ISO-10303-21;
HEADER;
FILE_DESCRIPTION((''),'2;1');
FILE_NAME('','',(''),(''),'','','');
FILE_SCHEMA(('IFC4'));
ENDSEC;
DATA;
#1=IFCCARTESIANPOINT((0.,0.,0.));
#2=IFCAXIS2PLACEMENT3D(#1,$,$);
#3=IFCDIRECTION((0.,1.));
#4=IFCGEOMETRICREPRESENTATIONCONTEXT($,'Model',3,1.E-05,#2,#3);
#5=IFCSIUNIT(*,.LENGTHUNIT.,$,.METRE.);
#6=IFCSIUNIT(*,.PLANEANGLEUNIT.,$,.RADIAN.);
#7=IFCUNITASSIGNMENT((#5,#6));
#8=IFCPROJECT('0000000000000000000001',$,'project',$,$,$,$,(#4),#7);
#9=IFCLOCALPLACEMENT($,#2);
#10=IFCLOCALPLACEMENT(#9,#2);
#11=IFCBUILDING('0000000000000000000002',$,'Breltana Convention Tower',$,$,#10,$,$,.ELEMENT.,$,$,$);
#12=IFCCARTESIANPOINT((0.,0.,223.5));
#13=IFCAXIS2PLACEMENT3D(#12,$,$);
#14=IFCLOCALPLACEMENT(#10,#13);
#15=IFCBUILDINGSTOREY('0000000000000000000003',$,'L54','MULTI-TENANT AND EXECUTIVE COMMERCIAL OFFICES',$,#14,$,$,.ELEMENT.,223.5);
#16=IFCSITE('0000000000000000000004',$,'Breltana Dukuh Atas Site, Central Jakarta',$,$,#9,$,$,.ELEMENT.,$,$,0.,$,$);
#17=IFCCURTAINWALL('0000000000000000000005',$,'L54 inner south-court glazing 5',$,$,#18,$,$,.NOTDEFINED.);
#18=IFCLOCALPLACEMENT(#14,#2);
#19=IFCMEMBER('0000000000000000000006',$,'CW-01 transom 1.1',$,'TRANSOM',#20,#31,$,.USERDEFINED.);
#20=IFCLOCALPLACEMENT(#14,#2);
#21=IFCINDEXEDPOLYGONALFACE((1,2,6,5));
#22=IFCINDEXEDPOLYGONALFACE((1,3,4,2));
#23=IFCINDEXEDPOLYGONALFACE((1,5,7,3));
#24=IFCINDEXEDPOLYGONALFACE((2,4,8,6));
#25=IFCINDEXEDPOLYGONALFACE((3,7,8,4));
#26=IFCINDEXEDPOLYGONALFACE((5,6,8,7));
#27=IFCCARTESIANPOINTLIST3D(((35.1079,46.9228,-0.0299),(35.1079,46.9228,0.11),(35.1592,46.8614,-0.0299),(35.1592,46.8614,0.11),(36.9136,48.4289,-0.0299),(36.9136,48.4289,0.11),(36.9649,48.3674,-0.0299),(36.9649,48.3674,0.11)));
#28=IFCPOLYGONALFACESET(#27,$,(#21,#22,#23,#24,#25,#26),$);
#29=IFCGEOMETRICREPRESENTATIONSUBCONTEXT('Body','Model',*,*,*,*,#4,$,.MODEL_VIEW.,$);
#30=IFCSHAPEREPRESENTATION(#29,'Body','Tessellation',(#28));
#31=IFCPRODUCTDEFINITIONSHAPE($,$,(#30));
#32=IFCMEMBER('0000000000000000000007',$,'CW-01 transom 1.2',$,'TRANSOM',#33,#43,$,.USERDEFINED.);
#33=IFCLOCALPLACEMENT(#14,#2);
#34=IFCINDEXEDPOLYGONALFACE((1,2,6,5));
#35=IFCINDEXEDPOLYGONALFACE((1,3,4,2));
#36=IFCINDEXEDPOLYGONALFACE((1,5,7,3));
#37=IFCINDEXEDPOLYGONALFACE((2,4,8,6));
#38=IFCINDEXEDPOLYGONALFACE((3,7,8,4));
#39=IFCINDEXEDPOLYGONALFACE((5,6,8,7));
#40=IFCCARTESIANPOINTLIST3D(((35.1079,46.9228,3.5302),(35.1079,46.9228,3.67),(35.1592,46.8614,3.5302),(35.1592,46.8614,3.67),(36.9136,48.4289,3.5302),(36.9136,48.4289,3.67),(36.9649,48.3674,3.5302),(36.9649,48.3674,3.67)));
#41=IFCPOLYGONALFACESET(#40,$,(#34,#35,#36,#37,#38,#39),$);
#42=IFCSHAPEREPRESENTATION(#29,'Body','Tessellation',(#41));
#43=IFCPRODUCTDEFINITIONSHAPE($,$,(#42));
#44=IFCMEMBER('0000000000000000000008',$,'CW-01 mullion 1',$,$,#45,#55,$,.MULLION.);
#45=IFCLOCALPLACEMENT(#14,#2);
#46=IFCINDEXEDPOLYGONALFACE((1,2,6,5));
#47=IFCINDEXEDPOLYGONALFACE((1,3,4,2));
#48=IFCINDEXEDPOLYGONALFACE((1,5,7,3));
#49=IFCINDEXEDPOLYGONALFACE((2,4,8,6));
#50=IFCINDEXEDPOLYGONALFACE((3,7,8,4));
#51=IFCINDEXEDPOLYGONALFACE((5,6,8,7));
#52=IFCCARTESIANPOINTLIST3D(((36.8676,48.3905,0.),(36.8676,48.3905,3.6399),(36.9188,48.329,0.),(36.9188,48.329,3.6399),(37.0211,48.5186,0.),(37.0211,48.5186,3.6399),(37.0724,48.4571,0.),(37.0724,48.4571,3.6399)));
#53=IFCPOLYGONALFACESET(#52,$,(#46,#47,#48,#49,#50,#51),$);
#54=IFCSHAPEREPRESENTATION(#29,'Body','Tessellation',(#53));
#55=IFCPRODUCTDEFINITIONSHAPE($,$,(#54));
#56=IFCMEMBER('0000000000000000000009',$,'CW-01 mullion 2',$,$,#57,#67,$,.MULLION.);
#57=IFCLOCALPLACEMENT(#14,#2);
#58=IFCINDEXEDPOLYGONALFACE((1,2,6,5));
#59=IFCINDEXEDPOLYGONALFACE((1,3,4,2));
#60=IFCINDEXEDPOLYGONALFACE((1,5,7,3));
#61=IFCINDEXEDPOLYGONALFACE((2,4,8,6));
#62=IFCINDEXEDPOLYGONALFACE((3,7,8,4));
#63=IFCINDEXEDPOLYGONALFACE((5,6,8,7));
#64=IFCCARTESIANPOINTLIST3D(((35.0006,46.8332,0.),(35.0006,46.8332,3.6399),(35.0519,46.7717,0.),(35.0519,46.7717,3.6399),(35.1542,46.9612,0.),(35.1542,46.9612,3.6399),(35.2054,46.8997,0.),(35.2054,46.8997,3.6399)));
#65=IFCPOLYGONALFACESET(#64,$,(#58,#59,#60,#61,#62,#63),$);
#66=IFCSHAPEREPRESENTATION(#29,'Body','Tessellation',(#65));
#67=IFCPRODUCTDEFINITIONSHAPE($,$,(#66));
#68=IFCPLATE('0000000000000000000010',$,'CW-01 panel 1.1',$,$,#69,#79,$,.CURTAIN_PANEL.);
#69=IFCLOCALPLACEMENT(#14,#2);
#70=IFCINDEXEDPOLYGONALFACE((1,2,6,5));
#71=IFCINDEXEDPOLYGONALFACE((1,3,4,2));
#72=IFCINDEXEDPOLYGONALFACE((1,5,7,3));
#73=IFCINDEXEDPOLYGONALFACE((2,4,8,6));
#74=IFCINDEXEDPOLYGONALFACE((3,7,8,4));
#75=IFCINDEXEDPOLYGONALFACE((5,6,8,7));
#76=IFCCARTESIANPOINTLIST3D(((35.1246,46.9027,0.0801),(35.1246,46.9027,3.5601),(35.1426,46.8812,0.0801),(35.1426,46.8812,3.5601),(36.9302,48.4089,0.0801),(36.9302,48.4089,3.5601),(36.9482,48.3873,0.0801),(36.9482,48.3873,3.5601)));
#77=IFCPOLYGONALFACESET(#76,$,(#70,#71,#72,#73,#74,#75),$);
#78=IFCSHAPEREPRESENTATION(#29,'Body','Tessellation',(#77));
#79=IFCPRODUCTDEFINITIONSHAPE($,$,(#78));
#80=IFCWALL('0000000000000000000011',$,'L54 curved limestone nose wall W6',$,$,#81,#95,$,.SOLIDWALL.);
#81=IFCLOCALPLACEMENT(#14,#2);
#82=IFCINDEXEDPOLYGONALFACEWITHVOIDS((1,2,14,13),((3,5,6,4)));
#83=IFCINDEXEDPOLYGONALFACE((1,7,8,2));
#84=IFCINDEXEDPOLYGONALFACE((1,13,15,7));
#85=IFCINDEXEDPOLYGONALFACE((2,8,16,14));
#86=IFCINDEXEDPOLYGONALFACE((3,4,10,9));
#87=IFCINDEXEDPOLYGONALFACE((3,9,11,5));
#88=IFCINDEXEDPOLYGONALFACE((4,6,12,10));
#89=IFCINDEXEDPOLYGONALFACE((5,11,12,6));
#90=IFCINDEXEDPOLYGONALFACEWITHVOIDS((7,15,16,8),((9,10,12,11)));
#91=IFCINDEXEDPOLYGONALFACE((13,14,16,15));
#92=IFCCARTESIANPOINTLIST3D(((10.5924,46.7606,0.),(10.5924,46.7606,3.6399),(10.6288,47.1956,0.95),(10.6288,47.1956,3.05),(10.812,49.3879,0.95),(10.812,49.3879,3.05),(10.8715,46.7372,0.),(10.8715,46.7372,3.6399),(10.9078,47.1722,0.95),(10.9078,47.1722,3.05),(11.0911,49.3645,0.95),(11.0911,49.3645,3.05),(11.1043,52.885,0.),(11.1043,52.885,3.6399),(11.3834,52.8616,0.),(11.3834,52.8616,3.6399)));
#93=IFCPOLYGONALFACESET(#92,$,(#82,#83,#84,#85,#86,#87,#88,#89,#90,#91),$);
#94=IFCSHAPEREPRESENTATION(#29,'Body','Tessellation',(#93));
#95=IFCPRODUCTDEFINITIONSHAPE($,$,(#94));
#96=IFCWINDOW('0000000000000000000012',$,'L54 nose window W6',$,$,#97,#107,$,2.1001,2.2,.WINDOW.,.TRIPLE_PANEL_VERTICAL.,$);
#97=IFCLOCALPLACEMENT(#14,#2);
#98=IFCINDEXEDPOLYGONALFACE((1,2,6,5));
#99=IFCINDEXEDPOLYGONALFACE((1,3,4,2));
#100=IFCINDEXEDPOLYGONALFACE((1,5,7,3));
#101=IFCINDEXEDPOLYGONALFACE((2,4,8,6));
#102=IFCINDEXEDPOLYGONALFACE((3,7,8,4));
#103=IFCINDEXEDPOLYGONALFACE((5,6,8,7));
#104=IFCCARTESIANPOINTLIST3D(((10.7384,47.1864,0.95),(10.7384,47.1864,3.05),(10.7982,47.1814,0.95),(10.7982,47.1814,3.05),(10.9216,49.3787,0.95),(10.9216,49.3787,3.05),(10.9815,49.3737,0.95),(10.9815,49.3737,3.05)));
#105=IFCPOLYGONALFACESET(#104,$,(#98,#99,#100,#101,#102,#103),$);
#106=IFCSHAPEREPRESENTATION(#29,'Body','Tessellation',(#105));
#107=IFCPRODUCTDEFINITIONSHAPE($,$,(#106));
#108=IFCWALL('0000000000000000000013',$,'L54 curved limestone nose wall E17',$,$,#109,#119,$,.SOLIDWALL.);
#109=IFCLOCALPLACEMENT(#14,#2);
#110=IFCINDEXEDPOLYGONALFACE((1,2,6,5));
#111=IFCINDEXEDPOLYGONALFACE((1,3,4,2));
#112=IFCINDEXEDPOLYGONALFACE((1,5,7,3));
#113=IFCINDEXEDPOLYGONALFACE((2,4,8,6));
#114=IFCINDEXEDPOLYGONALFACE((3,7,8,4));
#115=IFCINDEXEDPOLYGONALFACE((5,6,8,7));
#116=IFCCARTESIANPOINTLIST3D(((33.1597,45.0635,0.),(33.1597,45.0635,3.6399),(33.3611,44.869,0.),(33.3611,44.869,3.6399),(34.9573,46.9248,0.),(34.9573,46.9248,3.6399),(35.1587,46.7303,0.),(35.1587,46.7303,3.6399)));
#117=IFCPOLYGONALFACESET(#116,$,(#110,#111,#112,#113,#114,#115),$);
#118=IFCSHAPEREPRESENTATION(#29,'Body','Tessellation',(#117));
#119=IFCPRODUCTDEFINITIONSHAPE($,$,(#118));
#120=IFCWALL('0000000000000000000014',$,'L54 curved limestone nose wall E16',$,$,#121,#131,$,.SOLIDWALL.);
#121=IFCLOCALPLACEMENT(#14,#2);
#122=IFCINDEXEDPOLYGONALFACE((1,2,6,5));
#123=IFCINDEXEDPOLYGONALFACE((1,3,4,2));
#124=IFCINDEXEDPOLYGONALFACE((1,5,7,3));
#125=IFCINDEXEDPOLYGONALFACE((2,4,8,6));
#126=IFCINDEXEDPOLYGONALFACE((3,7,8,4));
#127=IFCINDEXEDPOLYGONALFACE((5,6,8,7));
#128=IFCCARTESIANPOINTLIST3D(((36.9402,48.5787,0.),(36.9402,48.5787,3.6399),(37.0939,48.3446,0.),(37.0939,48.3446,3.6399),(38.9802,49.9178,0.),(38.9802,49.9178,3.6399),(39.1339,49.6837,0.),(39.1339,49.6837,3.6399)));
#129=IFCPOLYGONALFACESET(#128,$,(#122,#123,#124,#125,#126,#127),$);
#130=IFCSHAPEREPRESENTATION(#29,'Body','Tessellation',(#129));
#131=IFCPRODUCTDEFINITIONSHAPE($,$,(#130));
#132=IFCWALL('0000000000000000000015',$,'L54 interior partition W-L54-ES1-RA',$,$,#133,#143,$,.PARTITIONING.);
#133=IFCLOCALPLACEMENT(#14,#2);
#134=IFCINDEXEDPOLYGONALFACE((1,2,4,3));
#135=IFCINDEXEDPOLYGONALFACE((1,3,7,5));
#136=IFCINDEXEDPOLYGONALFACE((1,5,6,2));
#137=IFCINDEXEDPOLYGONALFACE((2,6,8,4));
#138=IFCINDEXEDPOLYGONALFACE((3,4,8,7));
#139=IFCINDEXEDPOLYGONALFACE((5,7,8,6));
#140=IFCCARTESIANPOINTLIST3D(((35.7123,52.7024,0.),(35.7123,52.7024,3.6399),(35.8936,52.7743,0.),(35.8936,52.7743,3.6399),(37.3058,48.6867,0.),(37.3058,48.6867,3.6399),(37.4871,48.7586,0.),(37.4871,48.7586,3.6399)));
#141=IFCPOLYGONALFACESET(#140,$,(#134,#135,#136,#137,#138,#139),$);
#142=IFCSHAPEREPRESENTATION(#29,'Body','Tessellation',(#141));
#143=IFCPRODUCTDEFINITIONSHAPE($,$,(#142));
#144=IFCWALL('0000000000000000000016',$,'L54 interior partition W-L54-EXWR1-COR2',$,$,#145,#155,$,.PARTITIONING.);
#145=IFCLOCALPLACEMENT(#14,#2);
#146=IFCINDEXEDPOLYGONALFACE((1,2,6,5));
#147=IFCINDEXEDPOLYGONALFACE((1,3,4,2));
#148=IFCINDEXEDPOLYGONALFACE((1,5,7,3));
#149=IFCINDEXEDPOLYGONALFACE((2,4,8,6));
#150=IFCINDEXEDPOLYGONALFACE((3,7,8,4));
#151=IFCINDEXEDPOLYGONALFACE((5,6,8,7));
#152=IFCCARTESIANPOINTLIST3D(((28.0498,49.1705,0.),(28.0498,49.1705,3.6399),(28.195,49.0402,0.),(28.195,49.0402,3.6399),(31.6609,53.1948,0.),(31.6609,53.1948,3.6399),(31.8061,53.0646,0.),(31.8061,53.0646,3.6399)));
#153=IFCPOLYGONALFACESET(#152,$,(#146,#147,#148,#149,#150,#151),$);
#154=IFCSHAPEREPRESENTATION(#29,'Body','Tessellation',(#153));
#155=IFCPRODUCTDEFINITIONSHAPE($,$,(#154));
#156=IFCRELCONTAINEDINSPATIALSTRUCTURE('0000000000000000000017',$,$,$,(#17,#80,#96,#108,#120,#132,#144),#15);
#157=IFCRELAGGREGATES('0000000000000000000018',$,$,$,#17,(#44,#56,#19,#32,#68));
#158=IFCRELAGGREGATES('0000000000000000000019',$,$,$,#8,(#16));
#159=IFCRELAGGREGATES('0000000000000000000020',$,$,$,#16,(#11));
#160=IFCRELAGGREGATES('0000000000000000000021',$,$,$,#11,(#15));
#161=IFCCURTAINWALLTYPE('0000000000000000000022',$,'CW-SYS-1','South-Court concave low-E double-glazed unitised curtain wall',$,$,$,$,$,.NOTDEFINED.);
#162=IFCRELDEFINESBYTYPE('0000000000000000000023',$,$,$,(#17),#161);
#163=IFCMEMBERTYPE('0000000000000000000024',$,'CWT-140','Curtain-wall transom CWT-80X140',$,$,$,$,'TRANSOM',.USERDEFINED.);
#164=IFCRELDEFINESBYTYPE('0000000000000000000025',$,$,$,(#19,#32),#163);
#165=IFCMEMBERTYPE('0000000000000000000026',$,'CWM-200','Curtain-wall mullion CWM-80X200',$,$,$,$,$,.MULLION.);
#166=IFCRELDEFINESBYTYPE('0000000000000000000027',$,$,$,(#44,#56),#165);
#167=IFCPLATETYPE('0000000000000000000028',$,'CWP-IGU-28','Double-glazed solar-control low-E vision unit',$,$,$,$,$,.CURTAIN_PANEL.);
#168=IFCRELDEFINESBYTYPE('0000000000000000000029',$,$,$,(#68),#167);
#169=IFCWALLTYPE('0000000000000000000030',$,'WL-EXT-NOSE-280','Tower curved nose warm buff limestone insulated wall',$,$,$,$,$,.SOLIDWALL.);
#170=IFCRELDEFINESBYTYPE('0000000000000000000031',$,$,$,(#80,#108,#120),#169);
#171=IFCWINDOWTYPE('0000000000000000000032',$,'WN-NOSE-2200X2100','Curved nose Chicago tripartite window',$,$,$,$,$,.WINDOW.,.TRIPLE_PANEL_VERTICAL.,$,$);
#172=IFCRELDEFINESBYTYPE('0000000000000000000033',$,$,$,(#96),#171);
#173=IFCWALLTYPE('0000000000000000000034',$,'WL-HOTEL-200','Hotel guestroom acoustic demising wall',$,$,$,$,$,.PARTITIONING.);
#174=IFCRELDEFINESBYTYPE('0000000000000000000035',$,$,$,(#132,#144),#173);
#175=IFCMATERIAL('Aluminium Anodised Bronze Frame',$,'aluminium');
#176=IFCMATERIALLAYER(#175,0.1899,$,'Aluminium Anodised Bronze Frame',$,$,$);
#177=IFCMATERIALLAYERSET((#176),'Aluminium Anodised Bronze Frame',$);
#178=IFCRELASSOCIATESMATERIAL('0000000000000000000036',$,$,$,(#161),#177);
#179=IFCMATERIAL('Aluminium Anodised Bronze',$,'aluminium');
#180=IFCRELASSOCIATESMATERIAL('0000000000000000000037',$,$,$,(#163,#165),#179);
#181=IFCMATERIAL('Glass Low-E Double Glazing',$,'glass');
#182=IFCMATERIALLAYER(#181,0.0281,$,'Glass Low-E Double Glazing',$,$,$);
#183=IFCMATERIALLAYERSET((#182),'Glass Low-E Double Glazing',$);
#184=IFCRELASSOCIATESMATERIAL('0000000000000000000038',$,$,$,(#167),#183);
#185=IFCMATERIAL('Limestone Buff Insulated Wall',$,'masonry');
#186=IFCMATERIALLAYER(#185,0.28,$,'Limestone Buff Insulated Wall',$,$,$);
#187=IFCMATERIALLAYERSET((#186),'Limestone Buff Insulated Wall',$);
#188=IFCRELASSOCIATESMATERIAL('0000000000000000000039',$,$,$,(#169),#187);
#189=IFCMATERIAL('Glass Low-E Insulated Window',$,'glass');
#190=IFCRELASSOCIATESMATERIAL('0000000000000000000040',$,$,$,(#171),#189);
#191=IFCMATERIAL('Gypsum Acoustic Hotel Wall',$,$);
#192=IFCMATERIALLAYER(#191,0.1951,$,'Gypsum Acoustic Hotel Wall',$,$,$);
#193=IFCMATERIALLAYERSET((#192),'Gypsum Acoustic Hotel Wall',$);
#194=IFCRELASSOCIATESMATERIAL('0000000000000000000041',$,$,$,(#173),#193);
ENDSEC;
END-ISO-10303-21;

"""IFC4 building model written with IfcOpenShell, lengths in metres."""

from ifc_helpers import new_model, si_unit, direction, frame, frame_2d, origin, origin_2d, place, context, subcontext, project, spatial, rectangle, extrude, source, transform, mapped, material, layer, layer_set, material_profile, profile_set, type_object, type_shapes, element, fill, aggregate, save


model = new_model("IFC4")

# Units and contexts
model_context = context("Model", 3, precision=1e-05, world=origin(), true_north=direction((0.0, 1.0)))
body_context = subcontext(model_context, "Body", "Model", "MODEL_VIEW")
ifc_project = project(units=[si_unit("LENGTHUNIT", "METRE"), si_unit("PLANEANGLEUNIT", "RADIAN")], contexts=[model_context])

# Site, building, storey
site_placement = place(None, origin())
site = spatial("IfcSite", under=ifc_project, at=site_placement, Name="Breltana Dukuh Atas Site, Central Jakarta", CompositionType="ELEMENT", RefElevation=0.0)
building_placement = place(site_placement, origin())
building = spatial("IfcBuilding", under=site, at=building_placement, Name="Breltana Convention Tower", CompositionType="ELEMENT")
storey_placement = place(building_placement, frame((0.0, 0.0, 223.5)))
storey = spatial("IfcBuildingStorey", under=building, at=storey_placement, Name="L54", Description="MULTI-TENANT AND EXECUTIVE COMMERCIAL OFFICES", CompositionType="ELEMENT", Elevation=223.5)

# Curtain wall, members, plate
ifc_material_1 = material(Name="Aluminium Anodised Bronze Frame", Category="aluminium")
ifc_layer_1 = layer(ifc_material_1, 0.1899, Name="Aluminium Anodised Bronze Frame")
ifc_layer_set_1 = layer_set([ifc_layer_1], Name="Aluminium Anodised Bronze Frame")
curtain_wall_type = type_object("IfcCurtainWallType", Name="CW-SYS-1", Description="South-Court concave low-E double-glazed unitised curtain wall", PredefinedType="NOTDEFINED", material=ifc_layer_set_1)
curtain_wall_placement = place(storey_placement, origin())
curtain_wall = element("IfcCurtainWall", 1, at=curtain_wall_placement, inside=storey, type_object=curtain_wall_type, Name="L54 inner south-court glazing 5", PredefinedType="NOTDEFINED")
ifc_material_2 = material(Name="Aluminium Anodised Bronze", Category="aluminium")
ifc_material_profile_1 = material_profile(ifc_material_2, rectangle(XDim=0.0801, YDim=0.1399, at=origin_2d()), Name="CWT-80X140")
ifc_profile_set_1 = profile_set([ifc_material_profile_1], Name="Aluminium Anodised Bronze")
member_type_1 = type_object("IfcMemberType", Name="CWT-140", Description="Curtain-wall transom CWT-80X140", ElementType="TRANSOM", PredefinedType="USERDEFINED", material=ifc_profile_set_1)
shared_shape_1 = source(origin(), body_context, "Body", "SweptSolid", [
    extrude(rectangle(XDim=0.0801, YDim=0.1399, at=origin_2d()), origin(), (0.0, 0.0, 1.0), 2.3513),
])
member_1_placement = place(storey_placement, frame((36.9392, 48.3982, 0.04), z_axis=(-0.767932, -0.640532, 0.0), x_axis=(0.640532, -0.767932, 0.0)))
member_1 = element("IfcMember", 2, at=member_1_placement, type_object=member_type_1, Name="CW-01 transom 1.1", ObjectType="TRANSOM", PredefinedType="USERDEFINED", context=body_context, shape_type="MappedRepresentation", body=[
    mapped(shared_shape_1, transform((0.0, 0.0, 0.0), scale=1.0)),
])
member_2_placement = place(storey_placement, frame((36.9392, 48.3982, 3.6001), z_axis=(-0.767932, -0.640532, 0.0), x_axis=(0.640532, -0.767932, 0.0)))
member_2 = element("IfcMember", 3, at=member_2_placement, type_object=member_type_1, Name="CW-01 transom 1.2", ObjectType="TRANSOM", PredefinedType="USERDEFINED", context=body_context, shape_type="MappedRepresentation", body=[
    mapped(shared_shape_1, transform((0.0, 0.0, 0.0), scale=1.0)),
])
ifc_material_profile_2 = material_profile(ifc_material_2, rectangle(XDim=0.0801, YDim=0.2, at=origin_2d()), Name="CWM-80X200")
ifc_profile_set_2 = profile_set([ifc_material_profile_2], Name="Aluminium Anodised Bronze")
member_type_2 = type_object("IfcMemberType", Name="CWM-200", Description="Curtain-wall mullion CWM-80X200", PredefinedType="MULLION", material=ifc_profile_set_2)
shared_shape_2 = source(origin(), body_context, "Body", "SweptSolid", [
    extrude(rectangle(XDim=0.0801, YDim=0.2, at=origin_2d()), origin(), (0.0, 0.0, 1.0), 3.6399),
])
member_3_placement = place(storey_placement, frame((36.97, 48.4238, 0.0), z_axis=(0.0, 0.0, 1.0), x_axis=(0.640541, -0.767924, 0.0)))
member_3 = element("IfcMember", 4, at=member_3_placement, type_object=member_type_2, Name="CW-01 mullion 1", PredefinedType="MULLION", context=body_context, shape_type="MappedRepresentation", body=[
    mapped(shared_shape_2, transform((0.0, 0.0, 0.0), scale=1.0)),
])
member_4_placement = place(storey_placement, frame((35.103, 46.8665, 0.0), z_axis=(0.0, 0.0, 1.0), x_axis=(0.640541, -0.767924, 0.0)))
member_4 = element("IfcMember", 5, at=member_4_placement, type_object=member_type_2, Name="CW-01 mullion 2", PredefinedType="MULLION", context=body_context, shape_type="MappedRepresentation", body=[
    mapped(shared_shape_2, transform((0.0, 0.0, 0.0), scale=1.0)),
])
ifc_material_3 = material(Name="Glass Low-E Double Glazing", Category="glass")
ifc_layer_2 = layer(ifc_material_3, 0.0281, Name="Glass Low-E Double Glazing")
ifc_layer_set_2 = layer_set([ifc_layer_2], Name="Glass Low-E Double Glazing")
plate_type = type_object("IfcPlateType", Name="CWP-IGU-28", Description="Double-glazed solar-control low-E vision unit", PredefinedType="CURTAIN_PANEL", material=ifc_layer_set_2)
shared_shape_3 = source(origin(), body_context, "Body", "SweptSolid", [
    extrude(rectangle(XDim=2.3513, YDim=0.0281, at=origin_2d()), origin(), (0.0, 0.0, 1.0), 3.48),
])
plate_placement = place(storey_placement, frame((36.0364, 47.645, 0.0801), z_axis=(0.0, 0.0, 1.0), x_axis=(-0.767924, -0.640541, 0.0)))
plate = element("IfcPlate", 6, at=plate_placement, type_object=plate_type, Name="CW-01 panel 1.1", PredefinedType="CURTAIN_PANEL", context=body_context, shape_type="MappedRepresentation", body=[
    mapped(shared_shape_3, transform((0.0, 0.0, 0.0), scale=1.0)),
])
aggregate(curtain_wall, [member_3, member_4, member_1, member_2, plate])

# Wall, opening, window
ifc_material_4 = material(Name="Limestone Buff Insulated Wall", Category="masonry")
ifc_layer_3 = layer(ifc_material_4, 0.28, Name="Limestone Buff Insulated Wall")
ifc_layer_set_3 = layer_set([ifc_layer_3], Name="Limestone Buff Insulated Wall")
wall_type_1 = type_object("IfcWallType", Name="WL-EXT-NOSE-280", Description="Tower curved nose warm buff limestone insulated wall", PredefinedType="SOLIDWALL", material=ifc_layer_set_3)
shared_shape_4 = source(origin(), body_context, "Body", "SweptSolid", [
    extrude(rectangle(XDim=6.1458, YDim=0.28, at=frame_2d((3.0728, 0.0))), origin(), (0.0, 0.0, 1.0), 3.6399),
])
wall_1_placement = place(storey_placement, frame((10.7319, 46.749, 0.0), z_axis=(0.0, 0.0, 1.0), x_axis=(0.083302, 0.996524, 0.0)))
wall_1 = element("IfcWall", 7, at=wall_1_placement, inside=storey, type_object=wall_type_1, Name="L54 curved limestone nose wall W6", PredefinedType="SOLIDWALL", context=body_context, shape_type="MappedRepresentation", body=[
    mapped(shared_shape_4, transform((0.0, 0.0, 0.0), scale=1.0)),
])
opening_placement = place(wall_1_placement, frame((0.4363, 0.0, 0.95)))
opening = element("IfcOpeningElement", 8, at=opening_placement, cuts=wall_1, PredefinedType="OPENING", context=body_context, shape_type="SweptSolid", body=[
    extrude(rectangle(XDim=2.2, YDim=2.1001, at=frame_2d((1.1001, 1.05))), frame((0.0, 0.1499, 0.0), z_axis=(0.0, -1.0, 0.0), x_axis=(1.0, 0.0, 0.0)), (0.0, 0.0, 1.0), 0.3),
])
ifc_material_5 = material(Name="Glass Low-E Insulated Window", Category="glass")
window_type = type_object("IfcWindowType", Name="WN-NOSE-2200X2100", Description="Curved nose Chicago tripartite window", PartitioningType="TRIPLE_PANEL_VERTICAL", PredefinedType="WINDOW", material=ifc_material_5)
shared_shape_5 = source(origin(), body_context, "Body", "SweptSolid", [
    extrude(rectangle(XDim=2.2, YDim=2.1001, at=frame_2d((1.1001, 1.05))), frame((0.0, 0.03, 0.0), z_axis=(0.0, -1.0, 0.0), x_axis=(1.0, 0.0, 0.0)), (0.0, 0.0, 1.0), 0.0601),
])
type_shapes(window_type, [shared_shape_5])
window_placement = place(opening_placement, origin())
window = element("IfcWindow", 9, at=window_placement, inside=storey, type_object=window_type, Name="L54 nose window W6", OverallHeight=2.1001, OverallWidth=2.2, PartitioningType="TRIPLE_PANEL_VERTICAL", PredefinedType="WINDOW", context=body_context, shape_type="MappedRepresentation", body=[
    mapped(shared_shape_5, transform((0.0, 0.0, 0.0), scale=1.0)),
])
fill(opening, window)

# Walls
shared_shape_6 = source(origin(), body_context, "Body", "SweptSolid", [
    extrude(rectangle(XDim=2.5876, YDim=0.28, at=frame_2d((1.2939, 0.0))), origin(), (0.0, 0.0, 1.0), 3.6399),
])
wall_2_placement = place(storey_placement, frame((35.0581, 46.8276, 0.0), z_axis=(0.0, 0.0, 1.0), x_axis=(-0.694687, -0.719312, 0.0)))
element("IfcWall", 10, at=wall_2_placement, inside=storey, type_object=wall_type_1, Name="L54 curved limestone nose wall E17", PredefinedType="SOLIDWALL", context=body_context, shape_type="MappedRepresentation", body=[
    mapped(shared_shape_6, transform((0.0, 0.0, 0.0), scale=1.0)),
])
shared_shape_7 = source(origin(), body_context, "Body", "SweptSolid", [
    extrude(rectangle(XDim=2.4402, YDim=0.28, at=frame_2d((1.2202, 0.0))), origin(), (0.0, 0.0, 1.0), 3.6399),
])
wall_3_placement = place(storey_placement, frame((39.0571, 49.8008, 0.0), z_axis=(0.0, 0.0, 1.0), x_axis=(-0.835985, -0.548753, 0.0)))
element("IfcWall", 11, at=wall_3_placement, inside=storey, type_object=wall_type_1, Name="L54 curved limestone nose wall E16", PredefinedType="SOLIDWALL", context=body_context, shape_type="MappedRepresentation", body=[
    mapped(shared_shape_7, transform((0.0, 0.0, 0.0), scale=1.0)),
])
ifc_material_6 = material(Name="Gypsum Acoustic Hotel Wall")
ifc_layer_4 = layer(ifc_material_6, 0.1951, Name="Gypsum Acoustic Hotel Wall")
ifc_layer_set_4 = layer_set([ifc_layer_4], Name="Gypsum Acoustic Hotel Wall")
wall_type_2 = type_object("IfcWallType", Name="WL-HOTEL-200", Description="Hotel guestroom acoustic demising wall", PredefinedType="PARTITIONING", material=ifc_layer_set_4)
shared_shape_8 = source(origin(), body_context, "Body", "SweptSolid", [
    extrude(rectangle(XDim=4.3203, YDim=0.1951, at=frame_2d((2.1602, 0.0))), origin(), (0.0, 0.0, 1.0), 3.6399),
])
wall_4_placement = place(storey_placement, frame((37.3965, 48.7227, 0.0), z_axis=(0.0, 0.0, 1.0), x_axis=(-0.368846, 0.92949, 0.0)))
element("IfcWall", 12, at=wall_4_placement, inside=storey, type_object=wall_type_2, Name="L54 interior partition W-L54-ES1-RA", PredefinedType="PARTITIONING", context=body_context, shape_type="MappedRepresentation", body=[
    mapped(shared_shape_8, transform((0.0, 0.0, 0.0), scale=1.0)),
])
shared_shape_9 = source(origin(), body_context, "Body", "SweptSolid", [
    extrude(rectangle(XDim=5.407, YDim=0.1951, at=frame_2d((2.7036, 0.0))), origin(), (0.0, 0.0, 1.0), 3.6399),
])
wall_5_placement = place(storey_placement, frame((28.1223, 49.1052, 0.0), z_axis=(0.0, 0.0, 1.0), x_axis=(0.667851, 0.744295, 0.0)))
element("IfcWall", 13, at=wall_5_placement, inside=storey, type_object=wall_type_2, Name="L54 interior partition W-L54-EXWR1-COR2", PredefinedType="PARTITIONING", context=body_context, shape_type="MappedRepresentation", body=[
    mapped(shared_shape_9, transform((0.0, 0.0, 0.0), scale=1.0)),
])

save(model, "model.ifc")
